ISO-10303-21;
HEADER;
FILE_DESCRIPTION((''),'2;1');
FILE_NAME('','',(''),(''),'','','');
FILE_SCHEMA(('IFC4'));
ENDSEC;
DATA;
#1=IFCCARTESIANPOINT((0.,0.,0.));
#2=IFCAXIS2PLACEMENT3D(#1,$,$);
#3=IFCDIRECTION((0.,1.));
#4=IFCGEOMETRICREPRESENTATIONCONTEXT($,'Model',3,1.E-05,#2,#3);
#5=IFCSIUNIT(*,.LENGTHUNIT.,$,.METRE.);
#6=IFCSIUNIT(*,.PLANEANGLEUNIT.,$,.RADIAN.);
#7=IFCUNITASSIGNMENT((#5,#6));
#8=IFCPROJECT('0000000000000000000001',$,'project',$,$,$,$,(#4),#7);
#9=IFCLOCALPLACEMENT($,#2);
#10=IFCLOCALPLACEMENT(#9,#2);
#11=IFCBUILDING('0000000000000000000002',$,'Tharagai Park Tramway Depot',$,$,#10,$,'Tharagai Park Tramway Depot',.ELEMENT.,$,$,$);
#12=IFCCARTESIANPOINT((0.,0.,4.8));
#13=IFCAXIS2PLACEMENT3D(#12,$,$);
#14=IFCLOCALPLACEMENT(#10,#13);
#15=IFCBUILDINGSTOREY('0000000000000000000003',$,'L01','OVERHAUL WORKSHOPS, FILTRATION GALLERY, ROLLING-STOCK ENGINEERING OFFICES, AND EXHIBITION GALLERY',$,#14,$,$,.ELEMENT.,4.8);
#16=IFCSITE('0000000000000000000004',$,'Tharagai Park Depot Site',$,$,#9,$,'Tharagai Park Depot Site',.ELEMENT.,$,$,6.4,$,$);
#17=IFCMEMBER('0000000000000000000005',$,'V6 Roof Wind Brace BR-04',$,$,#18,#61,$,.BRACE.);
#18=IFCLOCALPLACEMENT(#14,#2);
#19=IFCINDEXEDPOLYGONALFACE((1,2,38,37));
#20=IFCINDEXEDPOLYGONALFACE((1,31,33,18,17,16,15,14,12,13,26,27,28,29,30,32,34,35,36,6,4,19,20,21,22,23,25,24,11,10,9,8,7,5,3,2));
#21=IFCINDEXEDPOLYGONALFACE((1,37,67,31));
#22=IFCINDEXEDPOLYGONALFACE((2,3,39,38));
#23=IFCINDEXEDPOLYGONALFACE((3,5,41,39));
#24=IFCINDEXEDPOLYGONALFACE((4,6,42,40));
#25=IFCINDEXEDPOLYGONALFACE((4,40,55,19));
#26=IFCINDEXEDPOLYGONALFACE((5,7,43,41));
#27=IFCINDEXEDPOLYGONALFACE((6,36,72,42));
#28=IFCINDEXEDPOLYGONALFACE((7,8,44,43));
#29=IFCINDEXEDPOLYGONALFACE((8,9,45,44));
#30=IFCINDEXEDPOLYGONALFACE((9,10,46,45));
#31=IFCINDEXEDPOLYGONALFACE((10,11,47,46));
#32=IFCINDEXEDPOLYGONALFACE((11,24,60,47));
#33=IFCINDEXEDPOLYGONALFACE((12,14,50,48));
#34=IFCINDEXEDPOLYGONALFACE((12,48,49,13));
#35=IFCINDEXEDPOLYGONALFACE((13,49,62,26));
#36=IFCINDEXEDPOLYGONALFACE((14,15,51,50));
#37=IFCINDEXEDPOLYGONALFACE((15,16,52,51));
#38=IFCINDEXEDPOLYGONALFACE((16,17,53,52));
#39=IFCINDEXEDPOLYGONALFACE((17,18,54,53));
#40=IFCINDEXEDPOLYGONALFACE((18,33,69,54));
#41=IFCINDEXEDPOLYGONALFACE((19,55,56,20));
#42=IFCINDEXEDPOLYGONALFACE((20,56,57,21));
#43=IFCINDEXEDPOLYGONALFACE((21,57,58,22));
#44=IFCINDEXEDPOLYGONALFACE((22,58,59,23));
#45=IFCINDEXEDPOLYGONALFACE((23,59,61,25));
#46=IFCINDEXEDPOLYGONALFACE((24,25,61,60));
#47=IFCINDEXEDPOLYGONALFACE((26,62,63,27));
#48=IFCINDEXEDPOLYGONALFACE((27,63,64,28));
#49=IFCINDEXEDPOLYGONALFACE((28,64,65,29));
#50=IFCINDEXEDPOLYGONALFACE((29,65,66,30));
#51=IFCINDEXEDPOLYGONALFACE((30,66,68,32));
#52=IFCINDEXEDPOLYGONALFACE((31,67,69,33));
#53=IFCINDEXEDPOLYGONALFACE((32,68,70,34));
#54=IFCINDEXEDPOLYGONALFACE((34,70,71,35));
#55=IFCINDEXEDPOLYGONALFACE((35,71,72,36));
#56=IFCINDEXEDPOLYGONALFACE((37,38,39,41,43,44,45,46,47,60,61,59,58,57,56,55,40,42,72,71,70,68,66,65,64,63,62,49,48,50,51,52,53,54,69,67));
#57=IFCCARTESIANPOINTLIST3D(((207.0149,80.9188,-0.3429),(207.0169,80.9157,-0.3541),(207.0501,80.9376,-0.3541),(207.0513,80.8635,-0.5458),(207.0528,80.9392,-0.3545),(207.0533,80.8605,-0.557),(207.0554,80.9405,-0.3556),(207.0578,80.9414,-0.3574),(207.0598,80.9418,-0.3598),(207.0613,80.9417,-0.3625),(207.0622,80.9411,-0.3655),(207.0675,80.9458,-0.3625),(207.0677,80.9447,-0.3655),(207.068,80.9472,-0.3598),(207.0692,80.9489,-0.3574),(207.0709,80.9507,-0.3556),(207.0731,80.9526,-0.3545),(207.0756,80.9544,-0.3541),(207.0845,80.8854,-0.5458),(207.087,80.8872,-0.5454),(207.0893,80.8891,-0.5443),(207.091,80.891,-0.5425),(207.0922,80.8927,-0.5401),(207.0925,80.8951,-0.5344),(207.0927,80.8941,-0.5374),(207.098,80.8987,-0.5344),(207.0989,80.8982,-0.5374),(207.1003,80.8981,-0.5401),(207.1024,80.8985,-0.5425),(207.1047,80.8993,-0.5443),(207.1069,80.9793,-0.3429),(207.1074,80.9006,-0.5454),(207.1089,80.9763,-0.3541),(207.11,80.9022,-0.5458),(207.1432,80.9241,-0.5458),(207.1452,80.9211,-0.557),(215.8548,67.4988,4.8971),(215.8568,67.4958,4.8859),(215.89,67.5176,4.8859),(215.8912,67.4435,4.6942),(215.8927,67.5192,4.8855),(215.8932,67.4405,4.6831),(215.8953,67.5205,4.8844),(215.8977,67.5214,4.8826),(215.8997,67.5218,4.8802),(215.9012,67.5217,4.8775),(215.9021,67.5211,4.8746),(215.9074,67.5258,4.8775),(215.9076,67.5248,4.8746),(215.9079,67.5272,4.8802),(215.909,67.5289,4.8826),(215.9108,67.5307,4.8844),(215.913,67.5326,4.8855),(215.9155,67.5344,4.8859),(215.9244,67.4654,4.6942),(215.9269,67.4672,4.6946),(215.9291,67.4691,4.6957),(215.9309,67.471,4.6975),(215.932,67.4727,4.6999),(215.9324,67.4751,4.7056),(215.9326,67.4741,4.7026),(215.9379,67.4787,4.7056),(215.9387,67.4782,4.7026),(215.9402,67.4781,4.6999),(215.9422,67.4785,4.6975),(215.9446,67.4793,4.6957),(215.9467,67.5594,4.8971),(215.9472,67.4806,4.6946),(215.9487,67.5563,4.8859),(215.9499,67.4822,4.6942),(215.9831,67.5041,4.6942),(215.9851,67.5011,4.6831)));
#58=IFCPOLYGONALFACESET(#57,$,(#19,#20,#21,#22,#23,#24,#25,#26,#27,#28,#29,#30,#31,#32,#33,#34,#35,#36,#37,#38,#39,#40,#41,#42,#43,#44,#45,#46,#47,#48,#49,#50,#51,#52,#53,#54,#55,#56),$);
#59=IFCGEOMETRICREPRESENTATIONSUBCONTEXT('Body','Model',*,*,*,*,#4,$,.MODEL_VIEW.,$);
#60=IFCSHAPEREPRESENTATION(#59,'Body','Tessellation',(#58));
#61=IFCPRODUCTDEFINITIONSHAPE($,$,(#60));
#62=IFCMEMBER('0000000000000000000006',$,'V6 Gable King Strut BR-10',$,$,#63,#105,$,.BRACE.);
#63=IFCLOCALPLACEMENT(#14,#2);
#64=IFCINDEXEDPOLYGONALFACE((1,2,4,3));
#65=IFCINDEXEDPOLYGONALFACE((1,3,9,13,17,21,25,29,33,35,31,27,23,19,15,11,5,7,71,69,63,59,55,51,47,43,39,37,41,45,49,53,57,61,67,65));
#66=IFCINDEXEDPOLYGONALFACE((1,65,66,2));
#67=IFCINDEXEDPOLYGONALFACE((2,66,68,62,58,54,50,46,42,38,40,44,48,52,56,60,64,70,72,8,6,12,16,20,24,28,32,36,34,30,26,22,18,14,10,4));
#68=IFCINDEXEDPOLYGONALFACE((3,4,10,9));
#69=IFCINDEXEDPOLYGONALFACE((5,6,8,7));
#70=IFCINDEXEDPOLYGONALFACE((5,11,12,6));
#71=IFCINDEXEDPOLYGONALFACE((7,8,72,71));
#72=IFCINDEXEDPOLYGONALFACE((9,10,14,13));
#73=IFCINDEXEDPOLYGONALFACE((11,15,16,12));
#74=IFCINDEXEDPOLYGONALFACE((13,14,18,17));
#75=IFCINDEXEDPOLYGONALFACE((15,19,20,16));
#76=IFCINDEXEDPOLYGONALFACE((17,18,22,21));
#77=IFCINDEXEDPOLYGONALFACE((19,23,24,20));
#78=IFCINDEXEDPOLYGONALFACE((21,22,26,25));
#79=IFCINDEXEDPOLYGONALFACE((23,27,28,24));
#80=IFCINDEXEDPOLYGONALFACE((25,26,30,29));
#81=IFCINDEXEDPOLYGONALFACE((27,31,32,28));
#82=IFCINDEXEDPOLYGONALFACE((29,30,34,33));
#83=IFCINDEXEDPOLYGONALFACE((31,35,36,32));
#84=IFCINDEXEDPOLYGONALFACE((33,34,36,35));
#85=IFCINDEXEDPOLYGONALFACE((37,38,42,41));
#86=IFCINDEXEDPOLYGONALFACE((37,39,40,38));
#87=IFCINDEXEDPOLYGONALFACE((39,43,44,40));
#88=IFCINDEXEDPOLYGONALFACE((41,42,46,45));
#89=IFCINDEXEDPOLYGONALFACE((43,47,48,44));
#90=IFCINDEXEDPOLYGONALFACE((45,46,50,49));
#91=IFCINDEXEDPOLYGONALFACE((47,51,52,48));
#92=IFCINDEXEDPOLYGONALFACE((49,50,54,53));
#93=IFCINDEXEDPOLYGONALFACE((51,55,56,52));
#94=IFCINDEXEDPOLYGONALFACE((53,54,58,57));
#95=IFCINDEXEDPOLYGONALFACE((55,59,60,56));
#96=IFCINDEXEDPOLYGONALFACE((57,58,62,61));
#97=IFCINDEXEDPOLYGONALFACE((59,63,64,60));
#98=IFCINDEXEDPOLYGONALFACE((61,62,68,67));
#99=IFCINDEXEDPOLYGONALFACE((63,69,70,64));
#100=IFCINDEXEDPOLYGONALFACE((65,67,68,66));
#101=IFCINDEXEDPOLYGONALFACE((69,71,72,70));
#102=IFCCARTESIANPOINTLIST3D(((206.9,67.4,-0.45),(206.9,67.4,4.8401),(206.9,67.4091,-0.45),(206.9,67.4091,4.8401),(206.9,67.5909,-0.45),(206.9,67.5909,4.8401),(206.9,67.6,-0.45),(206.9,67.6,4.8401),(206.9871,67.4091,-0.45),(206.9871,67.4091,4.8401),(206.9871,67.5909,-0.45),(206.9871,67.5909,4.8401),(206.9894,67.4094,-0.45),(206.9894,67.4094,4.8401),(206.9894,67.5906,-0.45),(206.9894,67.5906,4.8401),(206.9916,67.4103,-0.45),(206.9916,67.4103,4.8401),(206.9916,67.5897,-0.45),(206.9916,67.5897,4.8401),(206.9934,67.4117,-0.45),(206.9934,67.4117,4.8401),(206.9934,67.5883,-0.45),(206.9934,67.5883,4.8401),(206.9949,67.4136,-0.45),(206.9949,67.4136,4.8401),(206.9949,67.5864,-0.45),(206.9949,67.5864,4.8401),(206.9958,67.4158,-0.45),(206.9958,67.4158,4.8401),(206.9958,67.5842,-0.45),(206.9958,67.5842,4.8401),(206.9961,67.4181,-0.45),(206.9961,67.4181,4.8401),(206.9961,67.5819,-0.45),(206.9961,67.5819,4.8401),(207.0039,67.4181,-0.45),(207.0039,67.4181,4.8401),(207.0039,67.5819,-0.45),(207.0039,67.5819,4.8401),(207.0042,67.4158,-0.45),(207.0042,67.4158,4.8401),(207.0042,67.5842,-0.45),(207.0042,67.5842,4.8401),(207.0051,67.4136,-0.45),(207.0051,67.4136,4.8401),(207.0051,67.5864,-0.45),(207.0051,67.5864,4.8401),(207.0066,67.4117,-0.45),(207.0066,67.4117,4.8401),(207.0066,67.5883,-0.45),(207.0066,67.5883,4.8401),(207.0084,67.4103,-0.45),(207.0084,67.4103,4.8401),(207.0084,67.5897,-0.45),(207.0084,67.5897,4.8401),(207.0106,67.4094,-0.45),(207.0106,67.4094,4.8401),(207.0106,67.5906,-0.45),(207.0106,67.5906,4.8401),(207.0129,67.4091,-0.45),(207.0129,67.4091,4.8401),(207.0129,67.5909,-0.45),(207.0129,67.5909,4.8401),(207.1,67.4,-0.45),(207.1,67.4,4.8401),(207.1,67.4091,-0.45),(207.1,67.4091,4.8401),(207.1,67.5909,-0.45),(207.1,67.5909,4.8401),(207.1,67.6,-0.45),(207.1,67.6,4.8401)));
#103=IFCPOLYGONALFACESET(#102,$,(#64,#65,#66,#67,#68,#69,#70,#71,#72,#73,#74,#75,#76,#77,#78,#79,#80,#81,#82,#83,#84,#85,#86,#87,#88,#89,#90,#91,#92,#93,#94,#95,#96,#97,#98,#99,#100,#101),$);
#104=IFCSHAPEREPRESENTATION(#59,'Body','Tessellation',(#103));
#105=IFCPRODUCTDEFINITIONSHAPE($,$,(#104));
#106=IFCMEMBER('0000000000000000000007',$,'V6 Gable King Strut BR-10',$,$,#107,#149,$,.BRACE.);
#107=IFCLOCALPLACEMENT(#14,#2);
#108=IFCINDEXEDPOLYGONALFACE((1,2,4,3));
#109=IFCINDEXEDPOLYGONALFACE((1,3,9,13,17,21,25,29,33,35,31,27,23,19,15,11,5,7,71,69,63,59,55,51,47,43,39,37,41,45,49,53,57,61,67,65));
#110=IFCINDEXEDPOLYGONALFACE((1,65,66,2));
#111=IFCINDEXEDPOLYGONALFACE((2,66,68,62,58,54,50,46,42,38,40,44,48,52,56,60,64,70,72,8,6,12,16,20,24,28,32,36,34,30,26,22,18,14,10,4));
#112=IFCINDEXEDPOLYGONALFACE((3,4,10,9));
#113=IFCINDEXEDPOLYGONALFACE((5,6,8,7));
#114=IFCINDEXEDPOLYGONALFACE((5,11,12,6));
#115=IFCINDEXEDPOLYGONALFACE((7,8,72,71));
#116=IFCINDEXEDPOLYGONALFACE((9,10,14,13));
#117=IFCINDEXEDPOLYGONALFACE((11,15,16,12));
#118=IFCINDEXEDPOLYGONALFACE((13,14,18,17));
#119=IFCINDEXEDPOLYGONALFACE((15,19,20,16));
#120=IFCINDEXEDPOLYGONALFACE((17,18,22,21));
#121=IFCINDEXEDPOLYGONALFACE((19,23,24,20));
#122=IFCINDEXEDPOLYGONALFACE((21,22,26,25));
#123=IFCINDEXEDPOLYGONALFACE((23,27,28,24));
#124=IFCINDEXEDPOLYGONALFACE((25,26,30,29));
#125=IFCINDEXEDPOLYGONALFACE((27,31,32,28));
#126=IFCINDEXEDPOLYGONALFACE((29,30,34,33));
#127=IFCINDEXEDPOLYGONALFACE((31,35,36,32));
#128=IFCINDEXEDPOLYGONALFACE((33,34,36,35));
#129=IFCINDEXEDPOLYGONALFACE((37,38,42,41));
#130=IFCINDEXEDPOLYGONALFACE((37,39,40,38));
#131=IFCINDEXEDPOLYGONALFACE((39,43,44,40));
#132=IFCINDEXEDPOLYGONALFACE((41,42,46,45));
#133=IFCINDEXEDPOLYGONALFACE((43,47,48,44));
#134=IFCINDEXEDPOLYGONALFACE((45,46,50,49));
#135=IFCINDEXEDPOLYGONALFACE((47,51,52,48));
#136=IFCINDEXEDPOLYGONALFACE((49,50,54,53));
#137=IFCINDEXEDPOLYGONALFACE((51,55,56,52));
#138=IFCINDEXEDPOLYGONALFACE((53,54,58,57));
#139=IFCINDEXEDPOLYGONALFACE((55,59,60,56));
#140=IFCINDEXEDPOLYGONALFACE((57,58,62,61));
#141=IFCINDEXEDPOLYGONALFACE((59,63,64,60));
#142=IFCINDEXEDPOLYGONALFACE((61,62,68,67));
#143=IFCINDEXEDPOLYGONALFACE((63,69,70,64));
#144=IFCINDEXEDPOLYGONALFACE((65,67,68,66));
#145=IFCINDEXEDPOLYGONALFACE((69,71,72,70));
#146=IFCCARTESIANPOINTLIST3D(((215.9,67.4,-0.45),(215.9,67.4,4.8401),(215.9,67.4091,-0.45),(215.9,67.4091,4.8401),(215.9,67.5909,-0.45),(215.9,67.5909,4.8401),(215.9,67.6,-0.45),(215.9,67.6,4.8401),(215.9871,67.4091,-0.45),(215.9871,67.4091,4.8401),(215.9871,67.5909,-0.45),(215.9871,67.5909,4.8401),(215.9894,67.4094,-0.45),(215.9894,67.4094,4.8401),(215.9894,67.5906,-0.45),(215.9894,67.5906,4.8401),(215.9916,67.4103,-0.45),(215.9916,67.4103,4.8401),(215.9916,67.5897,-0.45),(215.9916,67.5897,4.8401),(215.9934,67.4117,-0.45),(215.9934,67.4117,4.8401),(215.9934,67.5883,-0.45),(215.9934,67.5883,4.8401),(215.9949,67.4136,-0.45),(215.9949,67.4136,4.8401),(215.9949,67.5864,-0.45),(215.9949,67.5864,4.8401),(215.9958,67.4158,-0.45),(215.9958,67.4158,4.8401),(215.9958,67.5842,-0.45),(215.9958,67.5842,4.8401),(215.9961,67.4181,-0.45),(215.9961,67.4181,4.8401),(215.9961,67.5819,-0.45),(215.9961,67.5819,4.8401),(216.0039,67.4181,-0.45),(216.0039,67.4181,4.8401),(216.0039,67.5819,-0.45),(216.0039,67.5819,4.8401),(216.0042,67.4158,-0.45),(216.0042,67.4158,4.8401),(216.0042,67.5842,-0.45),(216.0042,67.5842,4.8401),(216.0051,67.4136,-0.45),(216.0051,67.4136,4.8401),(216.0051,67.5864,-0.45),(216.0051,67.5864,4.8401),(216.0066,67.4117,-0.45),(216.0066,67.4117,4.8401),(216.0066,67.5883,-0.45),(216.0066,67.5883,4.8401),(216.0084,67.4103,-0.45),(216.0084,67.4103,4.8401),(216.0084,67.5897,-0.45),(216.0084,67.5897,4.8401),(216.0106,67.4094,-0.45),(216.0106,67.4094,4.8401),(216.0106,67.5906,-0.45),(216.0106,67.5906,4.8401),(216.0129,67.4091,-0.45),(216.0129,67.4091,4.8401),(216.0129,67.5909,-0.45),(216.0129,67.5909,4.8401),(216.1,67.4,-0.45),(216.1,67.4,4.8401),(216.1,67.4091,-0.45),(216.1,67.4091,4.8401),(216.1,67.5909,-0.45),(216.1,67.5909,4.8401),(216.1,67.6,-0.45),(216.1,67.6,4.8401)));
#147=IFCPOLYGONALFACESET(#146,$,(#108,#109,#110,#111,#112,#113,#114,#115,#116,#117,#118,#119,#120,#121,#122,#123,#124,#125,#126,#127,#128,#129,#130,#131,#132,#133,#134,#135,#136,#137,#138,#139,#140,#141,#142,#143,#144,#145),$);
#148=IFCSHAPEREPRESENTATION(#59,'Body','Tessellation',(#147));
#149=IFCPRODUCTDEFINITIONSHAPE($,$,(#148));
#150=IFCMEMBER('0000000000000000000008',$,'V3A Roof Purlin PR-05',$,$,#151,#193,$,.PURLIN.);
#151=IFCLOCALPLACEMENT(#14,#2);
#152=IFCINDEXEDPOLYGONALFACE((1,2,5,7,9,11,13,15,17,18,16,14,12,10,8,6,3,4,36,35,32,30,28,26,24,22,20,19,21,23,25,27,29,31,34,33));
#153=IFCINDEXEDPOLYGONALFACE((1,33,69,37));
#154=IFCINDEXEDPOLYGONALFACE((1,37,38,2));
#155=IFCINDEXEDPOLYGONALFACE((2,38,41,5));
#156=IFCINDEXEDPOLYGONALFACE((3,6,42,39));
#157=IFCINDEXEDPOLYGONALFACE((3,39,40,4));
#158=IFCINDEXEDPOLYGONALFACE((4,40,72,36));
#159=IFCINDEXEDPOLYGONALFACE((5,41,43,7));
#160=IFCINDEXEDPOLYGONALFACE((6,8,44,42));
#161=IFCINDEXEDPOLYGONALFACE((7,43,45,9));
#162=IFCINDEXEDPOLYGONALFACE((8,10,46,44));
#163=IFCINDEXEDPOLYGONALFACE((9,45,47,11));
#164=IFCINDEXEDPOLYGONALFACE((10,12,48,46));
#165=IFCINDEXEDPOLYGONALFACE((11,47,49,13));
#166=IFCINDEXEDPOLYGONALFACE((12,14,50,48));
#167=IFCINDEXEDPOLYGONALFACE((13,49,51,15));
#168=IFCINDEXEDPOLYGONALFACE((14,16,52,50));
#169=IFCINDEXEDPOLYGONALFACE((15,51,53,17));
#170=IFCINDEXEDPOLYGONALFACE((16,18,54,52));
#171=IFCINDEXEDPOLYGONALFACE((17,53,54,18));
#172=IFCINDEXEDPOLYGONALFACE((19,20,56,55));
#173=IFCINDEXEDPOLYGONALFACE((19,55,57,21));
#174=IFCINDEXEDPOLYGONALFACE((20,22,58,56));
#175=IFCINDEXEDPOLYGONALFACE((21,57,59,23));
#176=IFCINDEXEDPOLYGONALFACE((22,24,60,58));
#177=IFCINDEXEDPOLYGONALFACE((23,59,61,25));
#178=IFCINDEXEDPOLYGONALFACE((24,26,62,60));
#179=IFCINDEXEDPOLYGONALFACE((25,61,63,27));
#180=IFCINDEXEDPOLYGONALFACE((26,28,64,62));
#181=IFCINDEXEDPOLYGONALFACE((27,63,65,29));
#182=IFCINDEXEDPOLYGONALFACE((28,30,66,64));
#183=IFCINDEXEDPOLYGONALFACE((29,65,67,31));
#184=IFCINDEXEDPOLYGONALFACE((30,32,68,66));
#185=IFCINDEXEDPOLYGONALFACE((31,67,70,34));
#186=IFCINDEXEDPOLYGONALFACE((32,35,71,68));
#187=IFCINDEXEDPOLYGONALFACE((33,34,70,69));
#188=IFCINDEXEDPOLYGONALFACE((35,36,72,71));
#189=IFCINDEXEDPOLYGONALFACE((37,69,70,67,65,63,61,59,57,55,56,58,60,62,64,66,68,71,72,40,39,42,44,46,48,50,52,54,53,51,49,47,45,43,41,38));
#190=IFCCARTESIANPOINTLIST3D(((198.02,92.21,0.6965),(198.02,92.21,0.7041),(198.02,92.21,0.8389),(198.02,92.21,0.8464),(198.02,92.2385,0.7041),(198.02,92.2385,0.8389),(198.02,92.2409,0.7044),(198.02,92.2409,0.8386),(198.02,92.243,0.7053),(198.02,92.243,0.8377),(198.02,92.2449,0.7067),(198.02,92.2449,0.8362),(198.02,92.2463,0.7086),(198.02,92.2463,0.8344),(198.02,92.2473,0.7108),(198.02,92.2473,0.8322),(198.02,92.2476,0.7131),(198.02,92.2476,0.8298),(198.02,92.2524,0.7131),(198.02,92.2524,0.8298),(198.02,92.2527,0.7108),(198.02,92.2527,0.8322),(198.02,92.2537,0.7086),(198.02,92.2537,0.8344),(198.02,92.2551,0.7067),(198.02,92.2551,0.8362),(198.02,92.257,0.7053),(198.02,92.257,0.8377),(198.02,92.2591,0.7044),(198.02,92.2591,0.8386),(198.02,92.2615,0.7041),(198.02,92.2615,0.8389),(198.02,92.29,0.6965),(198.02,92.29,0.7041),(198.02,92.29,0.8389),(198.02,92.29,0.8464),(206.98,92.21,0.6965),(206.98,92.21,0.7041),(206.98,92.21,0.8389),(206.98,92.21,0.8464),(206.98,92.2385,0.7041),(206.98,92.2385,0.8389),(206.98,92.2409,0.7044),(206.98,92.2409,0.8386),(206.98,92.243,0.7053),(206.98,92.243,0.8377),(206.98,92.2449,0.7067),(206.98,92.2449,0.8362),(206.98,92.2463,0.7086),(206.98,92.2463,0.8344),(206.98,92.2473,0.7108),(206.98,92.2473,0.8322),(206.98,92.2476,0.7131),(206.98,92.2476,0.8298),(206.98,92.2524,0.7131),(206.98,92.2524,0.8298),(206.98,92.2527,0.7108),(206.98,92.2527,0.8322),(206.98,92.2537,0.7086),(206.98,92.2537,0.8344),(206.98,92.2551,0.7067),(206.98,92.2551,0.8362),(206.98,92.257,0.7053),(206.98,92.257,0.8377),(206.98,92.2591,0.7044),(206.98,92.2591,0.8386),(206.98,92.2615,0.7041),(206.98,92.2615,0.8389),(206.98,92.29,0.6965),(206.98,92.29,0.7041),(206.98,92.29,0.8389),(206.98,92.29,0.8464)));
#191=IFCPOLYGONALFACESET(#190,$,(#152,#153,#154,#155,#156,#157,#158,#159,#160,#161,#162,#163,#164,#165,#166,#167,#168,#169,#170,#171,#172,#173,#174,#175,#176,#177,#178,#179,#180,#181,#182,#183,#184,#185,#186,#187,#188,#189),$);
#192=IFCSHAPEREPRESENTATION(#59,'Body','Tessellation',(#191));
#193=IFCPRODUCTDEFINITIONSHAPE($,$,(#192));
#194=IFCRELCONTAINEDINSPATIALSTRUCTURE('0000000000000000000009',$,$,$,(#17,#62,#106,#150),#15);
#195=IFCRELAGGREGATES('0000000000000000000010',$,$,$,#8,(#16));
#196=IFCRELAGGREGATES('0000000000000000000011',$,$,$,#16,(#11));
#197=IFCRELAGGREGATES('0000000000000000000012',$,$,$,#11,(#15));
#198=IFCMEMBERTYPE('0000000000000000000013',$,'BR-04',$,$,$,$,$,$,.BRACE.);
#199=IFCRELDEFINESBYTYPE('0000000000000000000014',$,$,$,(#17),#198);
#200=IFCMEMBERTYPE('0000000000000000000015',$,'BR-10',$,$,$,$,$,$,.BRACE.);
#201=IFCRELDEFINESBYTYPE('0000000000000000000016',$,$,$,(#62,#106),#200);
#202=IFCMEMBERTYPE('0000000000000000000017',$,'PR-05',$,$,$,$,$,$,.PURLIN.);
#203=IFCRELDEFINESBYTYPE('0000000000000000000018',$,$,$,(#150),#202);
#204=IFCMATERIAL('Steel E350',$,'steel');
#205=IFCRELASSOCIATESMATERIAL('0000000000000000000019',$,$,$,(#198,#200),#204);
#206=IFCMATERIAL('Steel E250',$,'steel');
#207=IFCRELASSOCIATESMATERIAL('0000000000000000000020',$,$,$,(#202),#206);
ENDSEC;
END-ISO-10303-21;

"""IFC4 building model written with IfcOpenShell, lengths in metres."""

from ifc_helpers import new_model, si_unit, direction, frame, origin, origin_2d, place, context, subcontext, project, spatial, i_section, extrude, material, material_profile, profile_set, type_object, element, save


model = new_model("IFC4")

# Units and contexts
model_context = context("Model", 3, precision=1e-05, world=origin(), true_north=direction((0.0, 1.0)))
body_context = subcontext(model_context, "Body", "Model", "MODEL_VIEW")
ifc_project = project(units=[si_unit("LENGTHUNIT", "METRE"), si_unit("PLANEANGLEUNIT", "RADIAN")], contexts=[model_context])

# Site, building, storey
site_placement = place(None, origin())
site = spatial("IfcSite", under=ifc_project, at=site_placement, Name="Tharagai Park Depot Site", LongName="Tharagai Park Depot Site", CompositionType="ELEMENT", RefElevation=6.4)
building_placement = place(site_placement, origin())
building = spatial("IfcBuilding", under=site, at=building_placement, Name="Tharagai Park Tramway Depot", LongName="Tharagai Park Tramway Depot", CompositionType="ELEMENT")
storey_placement = place(building_placement, frame((0.0, 0.0, 4.8)))
storey = spatial("IfcBuildingStorey", under=building, at=storey_placement, Name="L01", Description="OVERHAUL WORKSHOPS, FILTRATION GALLERY, ROLLING-STOCK ENGINEERING OFFICES, AND EXHIBITION GALLERY", CompositionType="ELEMENT", Elevation=4.8)

# Shared definitions
ifc_material_1 = material(Name="Steel E350", Category="steel")

# Members
ifc_material_profile_1 = material_profile(ifc_material_1, i_section(OverallWidth=0.1101, OverallDepth=0.2251, WebThickness=0.0066, FlangeThickness=0.0117, FilletRadius=0.012, at=origin_2d()), Name="ISMB 225")
ifc_profile_set_1 = profile_set([ifc_material_profile_1], Name="Steel E350")
member_type_1 = type_object("IfcMemberType", Name="BR-04", PredefinedType="BRACE", material=ifc_profile_set_1)
member_1_placement = place(storey_placement, frame((207.0801, 80.9199, -0.45), z_axis=(0.52299, -0.793961, 0.310013), x_axis=(0.835104, 0.550092, 0.0)))
element("IfcMember", 1, at=member_1_placement, inside=storey, type_object=member_type_1, Name="V6 Roof Wind Brace BR-04", PredefinedType="BRACE", context=body_context, shape_type="SweptSolid", body=[
    extrude(i_section(OverallWidth=0.1101, OverallDepth=0.2251, WebThickness=0.0066, FlangeThickness=0.0117, FilletRadius=0.012, at=origin_2d()), origin(), (0.0, 0.0, 1.0), 16.9026),
])
ifc_material_profile_2 = material_profile(ifc_material_1, i_section(OverallWidth=0.2, OverallDepth=0.2, WebThickness=0.0078, FlangeThickness=0.009, FilletRadius=0.009, at=origin_2d()), Name="ISHB 200")
ifc_profile_set_2 = profile_set([ifc_material_profile_2], Name="Steel E350")
member_type_2 = type_object("IfcMemberType", Name="BR-10", PredefinedType="BRACE", material=ifc_profile_set_2)
for number, where, z_axis, x_axis, name in (
    (2, (207.0, 67.5, -0.45), (0.0, 0.0, 1.0), (1.0, 0.0, 0.0), "V6 Gable King Strut BR-10"),
    (3, (216.0, 67.5, -0.45), (0.0, 0.0, 1.0), (1.0, 0.0, 0.0), "V6 Gable King Strut BR-10"),
):
    element("IfcMember", number, at=place(storey_placement, frame(where, z_axis=z_axis, x_axis=x_axis)), inside=storey, type_object=member_type_2, Name=name, PredefinedType="BRACE", context=body_context, shape_type="SweptSolid", body=[
        extrude(i_section(OverallWidth=0.2, OverallDepth=0.2, WebThickness=0.0078, FlangeThickness=0.009, FilletRadius=0.009, at=origin_2d()), origin(), (0.0, 0.0, 1.0), 5.29),
    ])
ifc_material_2 = material(Name="Steel E250", Category="steel")
ifc_material_profile_3 = material_profile(ifc_material_2, i_section(OverallWidth=0.0801, OverallDepth=0.1499, WebThickness=0.0049, FlangeThickness=0.0076, FilletRadius=0.009, at=origin_2d()), Name="ISMB 150")
ifc_profile_set_3 = profile_set([ifc_material_profile_3], Name="Steel E250")
member_type_3 = type_object("IfcMemberType", Name="PR-05", PredefinedType="PURLIN", material=ifc_profile_set_3)
for number, where, z_axis, x_axis, name in (
    (4, (198.02, 92.25, 0.7715), (1.0, 0.0, 0.0), (0.0, 1.0, 0.0), "V3A Roof Purlin PR-05"),
):
    element("IfcMember", number, at=place(storey_placement, frame(where, z_axis=z_axis, x_axis=x_axis)), inside=storey, type_object=member_type_3, Name=name, PredefinedType="PURLIN", context=body_context, shape_type="SweptSolid", body=[
        extrude(i_section(OverallWidth=0.0801, OverallDepth=0.1499, WebThickness=0.0049, FlangeThickness=0.0076, FilletRadius=0.009, at=origin_2d()), origin(), (0.0, 0.0, 1.0), 8.96),
    ])

save(model, "model.ifc")
